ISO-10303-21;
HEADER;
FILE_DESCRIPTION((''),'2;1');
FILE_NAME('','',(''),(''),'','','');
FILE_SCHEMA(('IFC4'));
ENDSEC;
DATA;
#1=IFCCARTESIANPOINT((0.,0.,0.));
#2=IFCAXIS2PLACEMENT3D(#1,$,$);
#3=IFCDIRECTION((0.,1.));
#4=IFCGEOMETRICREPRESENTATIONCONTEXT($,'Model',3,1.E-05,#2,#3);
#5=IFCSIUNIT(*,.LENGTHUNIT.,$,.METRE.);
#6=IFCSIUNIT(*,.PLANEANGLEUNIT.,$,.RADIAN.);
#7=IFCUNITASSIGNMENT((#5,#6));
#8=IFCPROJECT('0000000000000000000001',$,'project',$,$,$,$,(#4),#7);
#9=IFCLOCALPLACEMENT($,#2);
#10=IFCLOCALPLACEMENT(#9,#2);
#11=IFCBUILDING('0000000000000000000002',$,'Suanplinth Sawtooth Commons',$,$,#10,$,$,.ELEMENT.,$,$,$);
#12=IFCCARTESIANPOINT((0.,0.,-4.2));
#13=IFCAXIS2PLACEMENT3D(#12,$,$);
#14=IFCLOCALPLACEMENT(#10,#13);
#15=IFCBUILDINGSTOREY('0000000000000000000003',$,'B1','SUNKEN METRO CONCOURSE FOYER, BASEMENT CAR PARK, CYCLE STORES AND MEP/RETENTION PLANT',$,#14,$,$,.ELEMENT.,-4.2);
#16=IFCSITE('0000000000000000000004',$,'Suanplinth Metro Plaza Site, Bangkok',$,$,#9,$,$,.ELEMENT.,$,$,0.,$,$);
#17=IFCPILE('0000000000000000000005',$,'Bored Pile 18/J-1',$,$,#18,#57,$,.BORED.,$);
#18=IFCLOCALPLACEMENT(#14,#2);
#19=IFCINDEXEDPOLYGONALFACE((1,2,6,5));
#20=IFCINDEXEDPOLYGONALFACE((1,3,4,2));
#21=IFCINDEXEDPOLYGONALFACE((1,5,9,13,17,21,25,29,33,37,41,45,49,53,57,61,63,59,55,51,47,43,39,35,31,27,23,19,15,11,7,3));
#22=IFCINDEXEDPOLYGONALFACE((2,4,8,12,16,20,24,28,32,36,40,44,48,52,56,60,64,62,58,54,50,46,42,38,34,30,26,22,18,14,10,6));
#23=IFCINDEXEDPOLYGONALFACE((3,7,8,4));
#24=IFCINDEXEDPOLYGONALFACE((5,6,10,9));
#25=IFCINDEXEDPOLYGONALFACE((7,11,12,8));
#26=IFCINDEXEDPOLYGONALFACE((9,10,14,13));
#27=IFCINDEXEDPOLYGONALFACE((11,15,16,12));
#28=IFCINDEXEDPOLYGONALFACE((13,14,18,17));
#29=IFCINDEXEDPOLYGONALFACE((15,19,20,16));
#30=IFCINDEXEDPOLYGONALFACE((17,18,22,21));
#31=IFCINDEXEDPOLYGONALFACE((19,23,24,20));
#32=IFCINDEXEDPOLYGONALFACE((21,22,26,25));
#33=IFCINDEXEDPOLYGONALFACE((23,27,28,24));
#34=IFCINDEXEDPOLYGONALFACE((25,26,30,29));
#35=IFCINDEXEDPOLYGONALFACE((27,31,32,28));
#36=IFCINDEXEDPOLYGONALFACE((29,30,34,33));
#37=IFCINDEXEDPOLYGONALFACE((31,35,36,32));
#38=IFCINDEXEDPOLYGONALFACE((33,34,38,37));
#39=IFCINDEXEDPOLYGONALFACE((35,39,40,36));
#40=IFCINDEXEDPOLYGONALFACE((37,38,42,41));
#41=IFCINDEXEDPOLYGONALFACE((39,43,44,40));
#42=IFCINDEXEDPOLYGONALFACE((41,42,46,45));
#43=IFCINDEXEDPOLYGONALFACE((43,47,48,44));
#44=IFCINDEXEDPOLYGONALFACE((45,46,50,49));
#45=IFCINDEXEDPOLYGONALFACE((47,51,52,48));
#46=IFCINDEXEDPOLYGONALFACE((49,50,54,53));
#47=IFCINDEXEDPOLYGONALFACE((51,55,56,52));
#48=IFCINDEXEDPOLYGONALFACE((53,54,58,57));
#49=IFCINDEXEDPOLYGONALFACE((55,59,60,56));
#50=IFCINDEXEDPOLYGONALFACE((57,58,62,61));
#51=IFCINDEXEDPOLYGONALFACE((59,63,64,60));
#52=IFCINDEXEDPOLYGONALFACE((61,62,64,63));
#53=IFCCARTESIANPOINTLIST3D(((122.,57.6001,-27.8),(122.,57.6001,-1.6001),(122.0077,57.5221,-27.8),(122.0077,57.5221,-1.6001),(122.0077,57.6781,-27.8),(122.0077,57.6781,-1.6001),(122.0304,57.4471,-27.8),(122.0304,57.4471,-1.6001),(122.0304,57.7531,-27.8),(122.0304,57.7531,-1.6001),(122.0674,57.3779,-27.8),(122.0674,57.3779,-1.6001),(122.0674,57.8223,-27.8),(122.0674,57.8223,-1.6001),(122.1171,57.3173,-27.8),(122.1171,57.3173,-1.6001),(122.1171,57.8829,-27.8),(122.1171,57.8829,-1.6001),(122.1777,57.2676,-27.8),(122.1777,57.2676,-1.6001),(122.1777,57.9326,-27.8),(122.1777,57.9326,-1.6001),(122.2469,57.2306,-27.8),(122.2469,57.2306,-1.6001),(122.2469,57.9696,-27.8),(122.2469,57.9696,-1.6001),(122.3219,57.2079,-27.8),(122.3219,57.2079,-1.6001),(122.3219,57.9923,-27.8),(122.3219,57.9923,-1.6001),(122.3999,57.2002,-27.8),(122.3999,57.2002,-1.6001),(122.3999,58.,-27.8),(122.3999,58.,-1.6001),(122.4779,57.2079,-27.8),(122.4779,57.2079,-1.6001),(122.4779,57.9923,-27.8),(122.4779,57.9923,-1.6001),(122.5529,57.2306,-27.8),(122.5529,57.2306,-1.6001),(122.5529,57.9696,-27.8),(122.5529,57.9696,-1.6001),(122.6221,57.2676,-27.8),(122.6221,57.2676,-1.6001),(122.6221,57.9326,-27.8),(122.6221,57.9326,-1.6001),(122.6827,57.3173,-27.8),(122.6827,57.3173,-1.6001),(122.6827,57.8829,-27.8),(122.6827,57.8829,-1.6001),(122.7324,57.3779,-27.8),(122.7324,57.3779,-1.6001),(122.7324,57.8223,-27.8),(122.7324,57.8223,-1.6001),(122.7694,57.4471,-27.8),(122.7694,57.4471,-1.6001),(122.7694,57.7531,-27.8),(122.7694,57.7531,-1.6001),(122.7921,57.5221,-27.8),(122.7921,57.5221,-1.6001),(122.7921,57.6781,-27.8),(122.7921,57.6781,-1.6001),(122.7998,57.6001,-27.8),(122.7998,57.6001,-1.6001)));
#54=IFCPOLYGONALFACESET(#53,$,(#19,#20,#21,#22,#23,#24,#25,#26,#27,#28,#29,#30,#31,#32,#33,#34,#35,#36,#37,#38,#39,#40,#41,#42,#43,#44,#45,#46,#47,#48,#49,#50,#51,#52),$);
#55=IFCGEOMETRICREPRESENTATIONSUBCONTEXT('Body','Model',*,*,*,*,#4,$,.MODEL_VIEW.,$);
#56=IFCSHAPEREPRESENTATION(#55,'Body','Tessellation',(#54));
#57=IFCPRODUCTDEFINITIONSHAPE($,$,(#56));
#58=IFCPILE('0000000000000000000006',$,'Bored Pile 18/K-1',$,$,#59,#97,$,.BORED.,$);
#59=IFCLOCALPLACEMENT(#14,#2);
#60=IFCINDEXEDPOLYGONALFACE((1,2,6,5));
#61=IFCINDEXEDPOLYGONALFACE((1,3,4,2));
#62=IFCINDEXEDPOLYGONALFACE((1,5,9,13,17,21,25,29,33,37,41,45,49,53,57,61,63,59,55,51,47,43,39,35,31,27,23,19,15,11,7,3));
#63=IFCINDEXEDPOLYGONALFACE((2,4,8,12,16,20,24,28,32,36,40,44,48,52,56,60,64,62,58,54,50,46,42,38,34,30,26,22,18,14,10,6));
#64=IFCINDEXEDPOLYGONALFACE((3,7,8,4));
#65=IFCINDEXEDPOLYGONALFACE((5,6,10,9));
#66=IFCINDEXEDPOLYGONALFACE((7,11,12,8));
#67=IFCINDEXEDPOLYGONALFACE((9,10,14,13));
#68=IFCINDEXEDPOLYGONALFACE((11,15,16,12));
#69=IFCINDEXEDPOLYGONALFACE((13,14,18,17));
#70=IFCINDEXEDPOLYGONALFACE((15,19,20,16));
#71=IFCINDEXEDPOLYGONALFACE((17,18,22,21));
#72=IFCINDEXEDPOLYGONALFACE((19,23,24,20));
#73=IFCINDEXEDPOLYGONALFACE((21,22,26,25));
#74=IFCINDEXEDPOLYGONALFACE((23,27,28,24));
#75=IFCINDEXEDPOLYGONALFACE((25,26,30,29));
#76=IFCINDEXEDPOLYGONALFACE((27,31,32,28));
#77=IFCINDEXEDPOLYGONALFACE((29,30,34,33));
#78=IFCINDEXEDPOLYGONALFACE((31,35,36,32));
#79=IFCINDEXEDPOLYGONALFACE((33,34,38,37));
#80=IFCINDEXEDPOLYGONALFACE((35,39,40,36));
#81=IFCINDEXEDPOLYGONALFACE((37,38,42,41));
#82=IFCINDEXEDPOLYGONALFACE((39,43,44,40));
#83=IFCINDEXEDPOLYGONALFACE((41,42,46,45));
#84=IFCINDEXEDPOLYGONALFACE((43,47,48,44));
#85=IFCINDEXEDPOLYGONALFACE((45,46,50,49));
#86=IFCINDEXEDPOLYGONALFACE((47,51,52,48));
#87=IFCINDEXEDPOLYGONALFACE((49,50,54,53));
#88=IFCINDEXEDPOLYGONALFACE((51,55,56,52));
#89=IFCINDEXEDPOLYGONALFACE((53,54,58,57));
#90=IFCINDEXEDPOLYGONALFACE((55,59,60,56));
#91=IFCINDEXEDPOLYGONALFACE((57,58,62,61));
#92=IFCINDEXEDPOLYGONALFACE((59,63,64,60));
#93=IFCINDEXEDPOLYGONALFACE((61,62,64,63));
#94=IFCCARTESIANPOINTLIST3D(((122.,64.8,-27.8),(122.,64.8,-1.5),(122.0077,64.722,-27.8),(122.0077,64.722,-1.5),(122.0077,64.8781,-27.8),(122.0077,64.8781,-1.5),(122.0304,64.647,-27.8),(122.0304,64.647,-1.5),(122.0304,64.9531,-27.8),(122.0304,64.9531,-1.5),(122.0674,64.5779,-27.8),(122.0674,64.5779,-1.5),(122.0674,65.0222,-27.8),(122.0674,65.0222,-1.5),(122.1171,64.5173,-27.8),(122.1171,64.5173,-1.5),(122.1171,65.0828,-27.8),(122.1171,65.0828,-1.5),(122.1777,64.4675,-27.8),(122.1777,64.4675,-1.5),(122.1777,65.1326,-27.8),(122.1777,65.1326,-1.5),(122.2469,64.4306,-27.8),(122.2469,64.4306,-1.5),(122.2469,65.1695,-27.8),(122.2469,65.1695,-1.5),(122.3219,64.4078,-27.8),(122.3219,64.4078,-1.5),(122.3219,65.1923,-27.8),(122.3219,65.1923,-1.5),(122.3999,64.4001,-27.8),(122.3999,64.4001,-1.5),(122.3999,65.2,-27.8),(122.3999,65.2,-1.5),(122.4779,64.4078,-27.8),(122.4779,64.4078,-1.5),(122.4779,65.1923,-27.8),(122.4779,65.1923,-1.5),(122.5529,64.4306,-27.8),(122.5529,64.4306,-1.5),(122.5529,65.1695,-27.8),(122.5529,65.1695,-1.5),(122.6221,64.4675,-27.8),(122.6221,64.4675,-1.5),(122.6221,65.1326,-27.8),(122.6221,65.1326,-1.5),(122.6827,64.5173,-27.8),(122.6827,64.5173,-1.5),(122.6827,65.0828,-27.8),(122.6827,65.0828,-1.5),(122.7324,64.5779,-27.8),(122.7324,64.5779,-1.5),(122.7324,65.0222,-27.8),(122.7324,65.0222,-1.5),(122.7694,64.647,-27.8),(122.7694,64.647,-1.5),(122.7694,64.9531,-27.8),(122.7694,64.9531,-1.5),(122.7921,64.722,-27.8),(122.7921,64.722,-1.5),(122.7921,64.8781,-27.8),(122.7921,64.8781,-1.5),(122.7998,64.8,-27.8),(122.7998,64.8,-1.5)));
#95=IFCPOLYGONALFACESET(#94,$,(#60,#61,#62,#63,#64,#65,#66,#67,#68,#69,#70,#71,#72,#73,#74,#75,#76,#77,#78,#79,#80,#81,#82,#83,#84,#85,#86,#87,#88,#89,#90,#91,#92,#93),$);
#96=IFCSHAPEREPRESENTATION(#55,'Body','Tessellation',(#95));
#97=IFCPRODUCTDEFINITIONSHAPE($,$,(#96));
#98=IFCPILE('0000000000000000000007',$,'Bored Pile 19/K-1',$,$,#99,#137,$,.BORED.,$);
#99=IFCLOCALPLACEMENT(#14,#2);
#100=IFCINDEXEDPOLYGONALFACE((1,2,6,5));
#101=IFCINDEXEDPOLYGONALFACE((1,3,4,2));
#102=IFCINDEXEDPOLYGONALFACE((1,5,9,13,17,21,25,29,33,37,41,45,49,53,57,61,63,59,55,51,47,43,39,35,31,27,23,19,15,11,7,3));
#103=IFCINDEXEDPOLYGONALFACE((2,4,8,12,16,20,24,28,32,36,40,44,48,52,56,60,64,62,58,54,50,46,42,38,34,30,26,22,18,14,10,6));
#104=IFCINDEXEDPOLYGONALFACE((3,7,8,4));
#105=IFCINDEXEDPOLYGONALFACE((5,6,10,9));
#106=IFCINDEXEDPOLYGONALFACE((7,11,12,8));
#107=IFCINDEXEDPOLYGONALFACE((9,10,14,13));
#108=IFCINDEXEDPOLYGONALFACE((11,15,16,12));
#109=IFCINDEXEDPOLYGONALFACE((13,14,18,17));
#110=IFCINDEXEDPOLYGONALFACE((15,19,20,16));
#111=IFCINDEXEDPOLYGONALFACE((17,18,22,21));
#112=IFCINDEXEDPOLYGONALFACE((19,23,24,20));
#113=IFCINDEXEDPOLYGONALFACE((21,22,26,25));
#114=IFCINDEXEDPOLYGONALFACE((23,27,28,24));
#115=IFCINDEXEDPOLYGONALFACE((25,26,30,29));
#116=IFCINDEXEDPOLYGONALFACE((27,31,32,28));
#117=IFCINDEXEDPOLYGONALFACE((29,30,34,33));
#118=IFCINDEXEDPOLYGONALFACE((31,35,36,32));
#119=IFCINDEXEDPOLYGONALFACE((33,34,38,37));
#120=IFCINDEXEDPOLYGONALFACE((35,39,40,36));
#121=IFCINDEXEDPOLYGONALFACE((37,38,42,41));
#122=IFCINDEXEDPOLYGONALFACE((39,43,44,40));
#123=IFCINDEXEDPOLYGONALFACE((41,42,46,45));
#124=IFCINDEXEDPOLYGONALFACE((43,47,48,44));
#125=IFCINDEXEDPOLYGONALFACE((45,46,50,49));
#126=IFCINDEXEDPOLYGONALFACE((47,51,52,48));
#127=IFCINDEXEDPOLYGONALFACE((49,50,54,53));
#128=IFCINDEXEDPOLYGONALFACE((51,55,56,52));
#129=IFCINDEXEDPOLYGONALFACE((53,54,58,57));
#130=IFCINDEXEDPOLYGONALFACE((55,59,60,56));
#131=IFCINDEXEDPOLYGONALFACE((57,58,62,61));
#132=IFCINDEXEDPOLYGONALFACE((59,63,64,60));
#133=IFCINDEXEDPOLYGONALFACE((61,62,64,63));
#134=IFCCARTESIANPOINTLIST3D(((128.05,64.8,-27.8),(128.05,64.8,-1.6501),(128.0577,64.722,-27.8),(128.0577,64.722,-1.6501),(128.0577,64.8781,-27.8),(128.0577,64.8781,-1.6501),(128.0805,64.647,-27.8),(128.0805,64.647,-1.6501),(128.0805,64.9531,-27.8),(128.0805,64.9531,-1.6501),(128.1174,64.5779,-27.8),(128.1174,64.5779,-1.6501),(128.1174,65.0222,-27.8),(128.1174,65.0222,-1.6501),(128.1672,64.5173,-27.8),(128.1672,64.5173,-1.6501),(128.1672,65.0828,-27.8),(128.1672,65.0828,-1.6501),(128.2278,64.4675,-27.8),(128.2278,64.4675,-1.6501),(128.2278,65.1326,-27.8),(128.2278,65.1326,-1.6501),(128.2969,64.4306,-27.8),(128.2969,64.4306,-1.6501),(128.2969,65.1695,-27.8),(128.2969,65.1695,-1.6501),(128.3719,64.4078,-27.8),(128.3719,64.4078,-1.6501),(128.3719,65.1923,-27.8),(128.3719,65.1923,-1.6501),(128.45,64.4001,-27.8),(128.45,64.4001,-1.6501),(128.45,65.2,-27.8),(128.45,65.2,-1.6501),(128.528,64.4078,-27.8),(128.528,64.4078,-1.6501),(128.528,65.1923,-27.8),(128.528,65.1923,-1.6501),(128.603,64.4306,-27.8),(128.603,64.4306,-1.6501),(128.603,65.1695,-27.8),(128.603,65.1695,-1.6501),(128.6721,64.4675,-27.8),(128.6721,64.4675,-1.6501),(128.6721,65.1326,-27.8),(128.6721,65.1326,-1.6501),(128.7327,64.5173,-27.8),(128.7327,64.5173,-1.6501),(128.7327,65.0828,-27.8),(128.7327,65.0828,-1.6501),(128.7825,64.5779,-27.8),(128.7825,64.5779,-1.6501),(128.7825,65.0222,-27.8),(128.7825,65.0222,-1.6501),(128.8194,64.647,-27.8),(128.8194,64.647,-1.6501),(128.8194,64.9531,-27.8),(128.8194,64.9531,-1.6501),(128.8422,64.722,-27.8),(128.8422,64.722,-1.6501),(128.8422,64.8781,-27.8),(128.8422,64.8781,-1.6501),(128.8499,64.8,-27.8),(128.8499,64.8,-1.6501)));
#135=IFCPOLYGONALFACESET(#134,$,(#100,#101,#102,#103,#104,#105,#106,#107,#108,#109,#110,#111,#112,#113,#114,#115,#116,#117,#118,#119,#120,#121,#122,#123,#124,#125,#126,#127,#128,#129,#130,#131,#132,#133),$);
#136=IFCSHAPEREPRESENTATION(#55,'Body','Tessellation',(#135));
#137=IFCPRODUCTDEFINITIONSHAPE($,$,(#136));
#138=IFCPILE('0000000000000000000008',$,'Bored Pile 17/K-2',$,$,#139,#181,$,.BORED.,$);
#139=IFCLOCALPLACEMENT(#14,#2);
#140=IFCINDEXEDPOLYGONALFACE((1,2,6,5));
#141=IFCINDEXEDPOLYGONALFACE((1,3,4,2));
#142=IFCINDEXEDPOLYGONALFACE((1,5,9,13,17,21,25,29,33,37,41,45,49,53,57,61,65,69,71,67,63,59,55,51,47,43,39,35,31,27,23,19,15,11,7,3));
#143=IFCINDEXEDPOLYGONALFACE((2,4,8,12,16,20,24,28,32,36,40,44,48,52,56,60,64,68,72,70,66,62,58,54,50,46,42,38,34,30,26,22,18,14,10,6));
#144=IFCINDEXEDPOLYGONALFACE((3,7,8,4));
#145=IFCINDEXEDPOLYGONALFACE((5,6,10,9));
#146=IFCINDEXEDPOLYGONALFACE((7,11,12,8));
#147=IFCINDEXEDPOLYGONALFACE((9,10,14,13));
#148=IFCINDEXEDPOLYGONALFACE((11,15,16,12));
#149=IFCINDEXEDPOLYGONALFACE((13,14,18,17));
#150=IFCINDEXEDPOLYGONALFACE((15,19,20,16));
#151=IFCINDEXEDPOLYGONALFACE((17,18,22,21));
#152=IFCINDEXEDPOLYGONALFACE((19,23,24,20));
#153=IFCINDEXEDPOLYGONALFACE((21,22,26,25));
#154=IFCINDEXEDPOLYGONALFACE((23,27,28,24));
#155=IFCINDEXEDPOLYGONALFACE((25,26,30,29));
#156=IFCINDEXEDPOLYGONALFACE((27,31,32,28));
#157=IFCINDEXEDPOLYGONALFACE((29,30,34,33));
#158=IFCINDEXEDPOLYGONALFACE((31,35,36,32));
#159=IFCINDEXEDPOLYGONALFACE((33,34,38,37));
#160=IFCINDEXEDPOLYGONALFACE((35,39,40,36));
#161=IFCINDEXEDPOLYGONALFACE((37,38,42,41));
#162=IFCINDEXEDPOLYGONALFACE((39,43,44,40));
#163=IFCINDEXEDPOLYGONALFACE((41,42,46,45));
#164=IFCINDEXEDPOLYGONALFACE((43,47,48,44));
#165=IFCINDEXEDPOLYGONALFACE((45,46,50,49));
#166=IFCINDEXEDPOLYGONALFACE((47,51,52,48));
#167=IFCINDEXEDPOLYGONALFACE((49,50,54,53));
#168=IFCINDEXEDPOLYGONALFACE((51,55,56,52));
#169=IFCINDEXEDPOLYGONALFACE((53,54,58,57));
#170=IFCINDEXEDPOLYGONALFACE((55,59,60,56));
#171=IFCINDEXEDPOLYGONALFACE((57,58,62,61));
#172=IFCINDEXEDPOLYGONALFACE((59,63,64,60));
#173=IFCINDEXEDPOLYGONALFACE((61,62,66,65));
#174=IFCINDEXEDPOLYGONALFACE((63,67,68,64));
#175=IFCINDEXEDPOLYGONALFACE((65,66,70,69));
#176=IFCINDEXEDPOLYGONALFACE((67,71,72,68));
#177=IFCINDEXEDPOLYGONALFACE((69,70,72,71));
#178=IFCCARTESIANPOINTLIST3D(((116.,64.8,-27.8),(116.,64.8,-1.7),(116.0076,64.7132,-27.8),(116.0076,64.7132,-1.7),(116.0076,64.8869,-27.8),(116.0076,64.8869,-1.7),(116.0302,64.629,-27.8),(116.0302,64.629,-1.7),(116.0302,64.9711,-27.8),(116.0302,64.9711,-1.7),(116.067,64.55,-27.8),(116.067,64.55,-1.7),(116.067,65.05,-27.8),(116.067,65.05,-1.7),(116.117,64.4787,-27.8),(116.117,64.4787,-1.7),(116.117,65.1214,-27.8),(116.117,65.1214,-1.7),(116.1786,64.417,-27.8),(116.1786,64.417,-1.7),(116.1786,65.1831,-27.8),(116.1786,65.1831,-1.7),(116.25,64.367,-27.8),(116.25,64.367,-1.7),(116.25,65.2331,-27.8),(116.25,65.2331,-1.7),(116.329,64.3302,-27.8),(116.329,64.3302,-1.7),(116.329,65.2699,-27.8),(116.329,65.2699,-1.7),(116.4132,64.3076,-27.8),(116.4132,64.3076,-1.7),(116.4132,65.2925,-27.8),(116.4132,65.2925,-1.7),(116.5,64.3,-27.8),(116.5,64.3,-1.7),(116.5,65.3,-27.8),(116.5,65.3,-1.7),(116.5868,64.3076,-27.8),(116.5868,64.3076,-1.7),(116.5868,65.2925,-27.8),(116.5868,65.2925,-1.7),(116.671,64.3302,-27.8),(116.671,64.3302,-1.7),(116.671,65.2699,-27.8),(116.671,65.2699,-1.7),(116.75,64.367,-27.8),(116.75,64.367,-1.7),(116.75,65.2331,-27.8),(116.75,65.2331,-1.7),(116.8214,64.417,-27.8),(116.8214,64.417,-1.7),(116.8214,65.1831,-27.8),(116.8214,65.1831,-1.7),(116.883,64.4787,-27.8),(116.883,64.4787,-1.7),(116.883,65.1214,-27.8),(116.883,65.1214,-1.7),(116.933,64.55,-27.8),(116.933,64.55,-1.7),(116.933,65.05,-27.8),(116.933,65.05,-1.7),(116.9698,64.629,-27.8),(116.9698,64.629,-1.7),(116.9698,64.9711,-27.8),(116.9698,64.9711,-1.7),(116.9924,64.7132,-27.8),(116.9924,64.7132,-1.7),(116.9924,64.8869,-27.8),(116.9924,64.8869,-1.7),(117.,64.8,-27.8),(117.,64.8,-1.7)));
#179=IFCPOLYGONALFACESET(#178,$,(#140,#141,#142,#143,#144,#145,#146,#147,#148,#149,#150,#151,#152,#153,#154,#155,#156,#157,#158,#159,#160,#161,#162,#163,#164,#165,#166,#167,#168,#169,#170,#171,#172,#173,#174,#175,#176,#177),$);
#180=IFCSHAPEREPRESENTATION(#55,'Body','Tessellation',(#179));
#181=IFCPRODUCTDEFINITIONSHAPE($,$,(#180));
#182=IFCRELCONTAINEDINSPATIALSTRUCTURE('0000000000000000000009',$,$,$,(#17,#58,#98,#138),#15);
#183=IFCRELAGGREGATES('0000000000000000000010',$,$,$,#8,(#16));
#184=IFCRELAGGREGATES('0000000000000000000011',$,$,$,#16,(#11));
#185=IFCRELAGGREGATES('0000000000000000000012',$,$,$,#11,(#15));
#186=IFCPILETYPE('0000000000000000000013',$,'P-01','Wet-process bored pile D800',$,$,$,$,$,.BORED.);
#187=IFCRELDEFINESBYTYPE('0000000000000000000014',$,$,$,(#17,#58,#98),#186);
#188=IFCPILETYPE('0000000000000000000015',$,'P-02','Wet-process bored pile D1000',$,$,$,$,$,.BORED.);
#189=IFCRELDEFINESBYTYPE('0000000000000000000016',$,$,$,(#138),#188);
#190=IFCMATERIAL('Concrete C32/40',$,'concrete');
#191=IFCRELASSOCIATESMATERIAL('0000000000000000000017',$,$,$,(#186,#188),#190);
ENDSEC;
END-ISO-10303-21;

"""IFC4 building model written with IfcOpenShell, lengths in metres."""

from ifc_helpers import new_model, si_unit, direction, frame, origin, origin_2d, place, context, subcontext, project, spatial, circle, extrude, material, material_profile, profile_set, type_object, element, save


model = new_model("IFC4")

# Units and contexts
model_context = context("Model", 3, precision=1e-05, world=origin(), true_north=direction((0.0, 1.0)))
body_context = subcontext(model_context, "Body", "Model", "MODEL_VIEW")
ifc_project = project(units=[si_unit("LENGTHUNIT", "METRE"), si_unit("PLANEANGLEUNIT", "RADIAN")], contexts=[model_context])

# Site, building, storey
site_placement = place(None, origin())
site = spatial("IfcSite", under=ifc_project, at=site_placement, Name="Suanplinth Metro Plaza Site, Bangkok", CompositionType="ELEMENT", RefElevation=0.0)
building_placement = place(site_placement, origin())
building = spatial("IfcBuilding", under=site, at=building_placement, Name="Suanplinth Sawtooth Commons", CompositionType="ELEMENT")
storey_placement = place(building_placement, frame((0.0, 0.0, -4.2)))
storey = spatial("IfcBuildingStorey", under=building, at=storey_placement, Name="B1", Description="SUNKEN METRO CONCOURSE FOYER, BASEMENT CAR PARK, CYCLE STORES AND MEP/RETENTION PLANT", CompositionType="ELEMENT", Elevation=-4.2)

# Piles
ifc_material_1 = material(Name="Concrete C32/40", Category="concrete")
ifc_material_profile_1 = material_profile(ifc_material_1, circle(Radius=0.3999, at=origin_2d()), Name="PILE D800")
ifc_profile_set_1 = profile_set([ifc_material_profile_1], Name="Concrete C32/40")
pile_type_1 = type_object("IfcPileType", Name="P-01", Description="Wet-process bored pile D800", PredefinedType="BORED", material=ifc_profile_set_1)
pile_1_placement = place(storey_placement, frame((122.3999, 57.6001, -1.6001), z_axis=(0.0, 0.0, -1.0), x_axis=(1.0, 0.0, 0.0)))
element("IfcPile", 1, at=pile_1_placement, inside=storey, type_object=pile_type_1, Name="Bored Pile 18/J-1", PredefinedType="BORED", context=body_context, shape_type="SweptSolid", body=[
    extrude(circle(Radius=0.3999, at=origin_2d()), origin(), (0.0, 0.0, 1.0), 26.2),
])
pile_2_placement = place(storey_placement, frame((122.3999, 64.8, -1.5), z_axis=(0.0, 0.0, -1.0), x_axis=(1.0, 0.0, 0.0)))
element("IfcPile", 2, at=pile_2_placement, inside=storey, type_object=pile_type_1, Name="Bored Pile 18/K-1", PredefinedType="BORED", context=body_context, shape_type="SweptSolid", body=[
    extrude(circle(Radius=0.3999, at=origin_2d()), origin(), (0.0, 0.0, 1.0), 26.3),
])
pile_3_placement = place(storey_placement, frame((128.45, 64.8, -1.6501), z_axis=(0.0, 0.0, -1.0), x_axis=(1.0, 0.0, 0.0)))
element("IfcPile", 3, at=pile_3_placement, inside=storey, type_object=pile_type_1, Name="Bored Pile 19/K-1", PredefinedType="BORED", context=body_context, shape_type="SweptSolid", body=[
    extrude(circle(Radius=0.3999, at=origin_2d()), origin(), (0.0, 0.0, 1.0), 26.1499),
])
ifc_material_profile_2 = material_profile(ifc_material_1, circle(Radius=0.5, at=origin_2d()), Name="PILE D1000")
ifc_profile_set_2 = profile_set([ifc_material_profile_2], Name="Concrete C32/40")
pile_type_2 = type_object("IfcPileType", Name="P-02", Description="Wet-process bored pile D1000", PredefinedType="BORED", material=ifc_profile_set_2)
pile_4_placement = place(storey_placement, frame((116.5, 64.8, -1.7), z_axis=(0.0, 0.0, -1.0), x_axis=(1.0, 0.0, 0.0)))
element("IfcPile", 4, at=pile_4_placement, inside=storey, type_object=pile_type_2, Name="Bored Pile 17/K-2", PredefinedType="BORED", context=body_context, shape_type="SweptSolid", body=[
    extrude(circle(Radius=0.5, at=origin_2d()), origin(), (0.0, 0.0, 1.0), 26.1001),
])

save(model, "model.ifc")
